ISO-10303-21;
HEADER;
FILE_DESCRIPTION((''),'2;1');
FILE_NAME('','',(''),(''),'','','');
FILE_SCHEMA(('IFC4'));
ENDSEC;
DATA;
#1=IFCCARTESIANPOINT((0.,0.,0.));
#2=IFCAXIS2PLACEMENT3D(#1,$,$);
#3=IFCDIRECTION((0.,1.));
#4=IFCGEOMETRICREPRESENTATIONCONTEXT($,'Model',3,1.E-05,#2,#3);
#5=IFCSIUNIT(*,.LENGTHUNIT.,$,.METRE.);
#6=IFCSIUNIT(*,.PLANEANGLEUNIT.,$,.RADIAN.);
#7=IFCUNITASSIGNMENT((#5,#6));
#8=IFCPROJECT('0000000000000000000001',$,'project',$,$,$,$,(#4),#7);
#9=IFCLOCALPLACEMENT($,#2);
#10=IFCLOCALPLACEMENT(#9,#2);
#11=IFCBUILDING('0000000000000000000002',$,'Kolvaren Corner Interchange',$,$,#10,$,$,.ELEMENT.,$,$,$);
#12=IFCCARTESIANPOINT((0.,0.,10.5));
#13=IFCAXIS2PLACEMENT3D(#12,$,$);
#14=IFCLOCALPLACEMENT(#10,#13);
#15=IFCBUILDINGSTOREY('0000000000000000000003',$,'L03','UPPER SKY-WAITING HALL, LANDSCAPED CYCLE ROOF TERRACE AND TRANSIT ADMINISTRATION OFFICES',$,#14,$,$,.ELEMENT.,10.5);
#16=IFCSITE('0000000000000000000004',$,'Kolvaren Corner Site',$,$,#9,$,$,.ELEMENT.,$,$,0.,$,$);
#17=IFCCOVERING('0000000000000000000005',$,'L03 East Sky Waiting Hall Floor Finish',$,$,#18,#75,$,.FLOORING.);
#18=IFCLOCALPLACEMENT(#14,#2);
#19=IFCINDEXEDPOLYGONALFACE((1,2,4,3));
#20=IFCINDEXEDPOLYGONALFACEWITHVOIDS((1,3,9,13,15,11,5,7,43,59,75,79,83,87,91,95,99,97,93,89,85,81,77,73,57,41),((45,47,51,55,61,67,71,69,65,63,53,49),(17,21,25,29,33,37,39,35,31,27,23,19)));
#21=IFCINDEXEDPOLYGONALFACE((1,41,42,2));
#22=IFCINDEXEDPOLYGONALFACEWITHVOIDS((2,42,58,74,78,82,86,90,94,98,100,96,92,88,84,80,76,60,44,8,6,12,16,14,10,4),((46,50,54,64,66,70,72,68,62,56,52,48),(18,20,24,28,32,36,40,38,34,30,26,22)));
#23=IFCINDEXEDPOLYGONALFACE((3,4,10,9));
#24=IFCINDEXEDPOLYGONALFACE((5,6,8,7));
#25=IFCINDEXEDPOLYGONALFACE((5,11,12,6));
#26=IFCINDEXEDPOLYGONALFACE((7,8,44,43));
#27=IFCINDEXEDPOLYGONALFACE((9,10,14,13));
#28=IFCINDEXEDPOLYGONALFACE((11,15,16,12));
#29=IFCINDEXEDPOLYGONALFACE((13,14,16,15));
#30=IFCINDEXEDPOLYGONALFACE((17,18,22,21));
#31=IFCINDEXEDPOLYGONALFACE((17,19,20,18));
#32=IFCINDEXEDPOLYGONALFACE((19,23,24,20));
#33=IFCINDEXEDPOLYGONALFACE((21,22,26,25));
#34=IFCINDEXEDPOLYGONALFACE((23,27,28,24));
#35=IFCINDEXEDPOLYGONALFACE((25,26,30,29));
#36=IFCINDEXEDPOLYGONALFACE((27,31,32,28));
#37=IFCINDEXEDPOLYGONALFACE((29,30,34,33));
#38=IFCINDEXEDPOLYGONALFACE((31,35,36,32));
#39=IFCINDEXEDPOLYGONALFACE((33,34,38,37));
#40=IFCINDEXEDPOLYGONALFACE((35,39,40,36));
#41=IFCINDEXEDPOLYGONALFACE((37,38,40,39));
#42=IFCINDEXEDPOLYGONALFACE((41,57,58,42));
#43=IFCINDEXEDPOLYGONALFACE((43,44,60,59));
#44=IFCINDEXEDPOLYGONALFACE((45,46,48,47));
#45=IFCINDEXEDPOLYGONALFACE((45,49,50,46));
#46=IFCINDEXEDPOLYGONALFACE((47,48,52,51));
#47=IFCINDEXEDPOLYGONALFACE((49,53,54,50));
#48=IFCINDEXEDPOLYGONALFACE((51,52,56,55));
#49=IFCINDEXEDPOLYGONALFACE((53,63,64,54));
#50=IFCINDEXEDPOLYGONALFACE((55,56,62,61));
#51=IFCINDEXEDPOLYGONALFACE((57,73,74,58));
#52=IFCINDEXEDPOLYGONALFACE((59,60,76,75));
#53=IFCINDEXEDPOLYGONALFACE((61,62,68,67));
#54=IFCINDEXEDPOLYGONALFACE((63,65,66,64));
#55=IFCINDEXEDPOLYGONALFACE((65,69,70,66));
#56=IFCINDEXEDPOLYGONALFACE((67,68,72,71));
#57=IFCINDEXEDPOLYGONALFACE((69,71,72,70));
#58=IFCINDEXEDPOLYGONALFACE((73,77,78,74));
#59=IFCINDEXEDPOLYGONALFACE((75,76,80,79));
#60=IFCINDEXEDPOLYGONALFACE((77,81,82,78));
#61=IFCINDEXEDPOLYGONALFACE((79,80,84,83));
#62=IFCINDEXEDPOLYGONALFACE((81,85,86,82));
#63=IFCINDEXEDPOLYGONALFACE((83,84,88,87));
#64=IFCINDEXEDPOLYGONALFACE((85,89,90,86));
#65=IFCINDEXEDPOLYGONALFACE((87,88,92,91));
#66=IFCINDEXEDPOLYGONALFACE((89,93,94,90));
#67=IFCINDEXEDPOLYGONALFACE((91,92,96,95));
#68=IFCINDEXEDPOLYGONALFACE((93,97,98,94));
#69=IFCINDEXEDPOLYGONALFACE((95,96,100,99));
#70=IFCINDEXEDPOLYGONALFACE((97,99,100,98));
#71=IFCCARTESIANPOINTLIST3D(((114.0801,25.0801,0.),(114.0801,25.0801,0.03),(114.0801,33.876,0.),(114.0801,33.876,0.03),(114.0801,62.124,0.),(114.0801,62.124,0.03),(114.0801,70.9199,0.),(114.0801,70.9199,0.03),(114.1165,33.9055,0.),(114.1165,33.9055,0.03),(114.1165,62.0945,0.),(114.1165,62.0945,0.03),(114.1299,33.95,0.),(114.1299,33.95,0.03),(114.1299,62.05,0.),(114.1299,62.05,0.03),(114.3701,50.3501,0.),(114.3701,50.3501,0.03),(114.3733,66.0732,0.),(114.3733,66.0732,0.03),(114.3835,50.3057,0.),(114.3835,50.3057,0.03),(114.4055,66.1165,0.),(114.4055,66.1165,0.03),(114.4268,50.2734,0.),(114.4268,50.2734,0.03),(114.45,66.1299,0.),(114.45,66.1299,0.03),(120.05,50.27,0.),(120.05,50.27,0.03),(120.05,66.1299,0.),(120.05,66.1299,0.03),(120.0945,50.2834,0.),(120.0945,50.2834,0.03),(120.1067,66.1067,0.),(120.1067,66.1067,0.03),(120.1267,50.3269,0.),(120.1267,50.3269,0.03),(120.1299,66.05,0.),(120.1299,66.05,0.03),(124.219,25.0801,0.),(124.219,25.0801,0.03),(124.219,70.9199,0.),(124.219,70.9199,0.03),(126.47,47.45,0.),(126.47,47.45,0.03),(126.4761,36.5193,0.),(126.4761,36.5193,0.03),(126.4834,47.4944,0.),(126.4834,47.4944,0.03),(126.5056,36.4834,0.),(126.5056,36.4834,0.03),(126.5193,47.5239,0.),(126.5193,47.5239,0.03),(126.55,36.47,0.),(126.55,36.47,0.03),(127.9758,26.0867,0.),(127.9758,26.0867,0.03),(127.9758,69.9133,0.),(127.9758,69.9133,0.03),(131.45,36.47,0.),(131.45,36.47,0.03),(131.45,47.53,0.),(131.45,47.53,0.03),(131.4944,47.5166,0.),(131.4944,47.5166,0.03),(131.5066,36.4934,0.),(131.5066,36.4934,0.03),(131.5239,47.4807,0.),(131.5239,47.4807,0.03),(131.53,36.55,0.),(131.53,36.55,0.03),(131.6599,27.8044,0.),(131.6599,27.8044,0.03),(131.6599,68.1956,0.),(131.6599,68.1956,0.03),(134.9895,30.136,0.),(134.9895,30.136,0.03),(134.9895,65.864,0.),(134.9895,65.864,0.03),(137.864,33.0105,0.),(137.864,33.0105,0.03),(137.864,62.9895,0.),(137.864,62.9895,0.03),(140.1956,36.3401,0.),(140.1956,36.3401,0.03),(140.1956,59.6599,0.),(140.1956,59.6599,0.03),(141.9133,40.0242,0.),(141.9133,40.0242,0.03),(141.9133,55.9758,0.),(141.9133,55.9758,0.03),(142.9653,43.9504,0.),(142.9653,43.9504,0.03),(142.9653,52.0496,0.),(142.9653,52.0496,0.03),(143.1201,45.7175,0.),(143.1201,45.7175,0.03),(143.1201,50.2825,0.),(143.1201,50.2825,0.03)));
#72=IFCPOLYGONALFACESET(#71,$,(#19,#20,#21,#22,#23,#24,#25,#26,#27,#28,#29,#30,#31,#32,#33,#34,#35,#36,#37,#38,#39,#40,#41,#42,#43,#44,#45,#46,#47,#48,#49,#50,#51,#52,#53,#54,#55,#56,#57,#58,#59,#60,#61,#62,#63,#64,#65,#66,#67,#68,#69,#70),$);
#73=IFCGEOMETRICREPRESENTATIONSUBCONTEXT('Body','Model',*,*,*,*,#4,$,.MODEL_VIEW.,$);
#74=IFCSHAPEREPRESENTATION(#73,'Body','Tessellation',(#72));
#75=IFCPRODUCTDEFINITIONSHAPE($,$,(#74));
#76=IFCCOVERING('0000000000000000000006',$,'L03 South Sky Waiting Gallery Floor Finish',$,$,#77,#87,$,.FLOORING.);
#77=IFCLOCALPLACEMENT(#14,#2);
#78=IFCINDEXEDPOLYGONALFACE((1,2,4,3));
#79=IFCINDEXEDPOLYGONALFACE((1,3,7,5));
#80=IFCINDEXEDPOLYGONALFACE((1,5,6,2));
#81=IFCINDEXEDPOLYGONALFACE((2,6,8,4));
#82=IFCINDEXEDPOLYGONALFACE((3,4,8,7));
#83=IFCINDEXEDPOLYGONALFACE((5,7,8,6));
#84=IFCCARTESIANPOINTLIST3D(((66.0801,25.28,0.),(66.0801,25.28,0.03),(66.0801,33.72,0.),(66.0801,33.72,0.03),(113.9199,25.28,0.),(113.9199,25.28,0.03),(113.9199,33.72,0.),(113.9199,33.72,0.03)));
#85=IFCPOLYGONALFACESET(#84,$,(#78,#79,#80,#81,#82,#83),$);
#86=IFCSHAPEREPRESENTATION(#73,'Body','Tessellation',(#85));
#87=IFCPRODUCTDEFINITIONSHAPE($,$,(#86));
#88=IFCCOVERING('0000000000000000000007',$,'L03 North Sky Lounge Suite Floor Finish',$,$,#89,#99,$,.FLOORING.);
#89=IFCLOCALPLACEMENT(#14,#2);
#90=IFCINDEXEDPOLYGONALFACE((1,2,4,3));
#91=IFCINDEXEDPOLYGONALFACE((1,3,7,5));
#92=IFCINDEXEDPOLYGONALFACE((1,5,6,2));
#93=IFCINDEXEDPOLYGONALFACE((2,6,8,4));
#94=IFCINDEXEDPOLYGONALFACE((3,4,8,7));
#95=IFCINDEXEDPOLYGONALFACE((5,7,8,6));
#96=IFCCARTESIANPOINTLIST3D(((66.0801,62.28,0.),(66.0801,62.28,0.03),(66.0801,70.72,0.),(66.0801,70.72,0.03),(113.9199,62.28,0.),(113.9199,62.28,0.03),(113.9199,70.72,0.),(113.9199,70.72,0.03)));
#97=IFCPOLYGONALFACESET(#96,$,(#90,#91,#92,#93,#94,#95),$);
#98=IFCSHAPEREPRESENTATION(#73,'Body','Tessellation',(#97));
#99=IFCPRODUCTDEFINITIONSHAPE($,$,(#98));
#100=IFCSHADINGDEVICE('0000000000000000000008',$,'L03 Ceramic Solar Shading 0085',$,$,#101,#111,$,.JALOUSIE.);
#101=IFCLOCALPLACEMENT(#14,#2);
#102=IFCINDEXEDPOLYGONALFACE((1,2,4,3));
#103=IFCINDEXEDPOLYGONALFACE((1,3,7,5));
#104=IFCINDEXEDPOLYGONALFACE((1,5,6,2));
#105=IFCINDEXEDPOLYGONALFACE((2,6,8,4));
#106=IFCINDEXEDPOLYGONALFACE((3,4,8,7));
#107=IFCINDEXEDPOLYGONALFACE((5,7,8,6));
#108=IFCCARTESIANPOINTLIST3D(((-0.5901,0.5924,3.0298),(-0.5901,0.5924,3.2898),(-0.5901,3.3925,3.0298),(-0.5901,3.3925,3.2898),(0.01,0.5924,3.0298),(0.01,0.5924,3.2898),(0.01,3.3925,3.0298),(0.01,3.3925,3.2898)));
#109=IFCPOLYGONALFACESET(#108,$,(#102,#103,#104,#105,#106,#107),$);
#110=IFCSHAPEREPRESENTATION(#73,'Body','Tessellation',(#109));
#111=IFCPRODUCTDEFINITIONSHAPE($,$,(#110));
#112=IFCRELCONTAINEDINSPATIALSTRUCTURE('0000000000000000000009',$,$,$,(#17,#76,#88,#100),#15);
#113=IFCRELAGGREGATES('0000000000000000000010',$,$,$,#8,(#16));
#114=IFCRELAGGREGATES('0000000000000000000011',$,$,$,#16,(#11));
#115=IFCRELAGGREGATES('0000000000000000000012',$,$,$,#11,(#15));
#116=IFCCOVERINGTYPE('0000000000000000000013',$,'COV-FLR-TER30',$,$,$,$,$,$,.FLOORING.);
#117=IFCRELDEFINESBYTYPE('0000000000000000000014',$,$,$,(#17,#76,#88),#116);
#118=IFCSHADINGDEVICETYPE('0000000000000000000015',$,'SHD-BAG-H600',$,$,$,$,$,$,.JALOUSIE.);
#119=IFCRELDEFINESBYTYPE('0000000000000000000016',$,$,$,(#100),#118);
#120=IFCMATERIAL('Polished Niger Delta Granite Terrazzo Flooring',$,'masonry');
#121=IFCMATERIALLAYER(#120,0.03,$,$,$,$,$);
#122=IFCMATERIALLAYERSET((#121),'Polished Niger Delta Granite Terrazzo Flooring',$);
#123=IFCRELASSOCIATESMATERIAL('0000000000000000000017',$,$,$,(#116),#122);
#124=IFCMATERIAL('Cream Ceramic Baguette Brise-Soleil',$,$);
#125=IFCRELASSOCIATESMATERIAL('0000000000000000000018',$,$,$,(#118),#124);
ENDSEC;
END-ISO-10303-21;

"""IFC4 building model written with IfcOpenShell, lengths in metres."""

from ifc_helpers import new_model, si_unit, direction, frame, origin, origin_2d, place, context, subcontext, project, spatial, polyline, rectangle, outline, extrude, material, layer, layer_set, type_object, element, save


model = new_model("IFC4")

# Units and contexts
model_context = context("Model", 3, precision=1e-05, world=origin(), true_north=direction((0.0, 1.0)))
body_context = subcontext(model_context, "Body", "Model", "MODEL_VIEW")
ifc_project = project(units=[si_unit("LENGTHUNIT", "METRE"), si_unit("PLANEANGLEUNIT", "RADIAN")], contexts=[model_context])

# Site, building, storey
site_placement = place(None, origin())
site = spatial("IfcSite", under=ifc_project, at=site_placement, Name="Kolvaren Corner Site", CompositionType="ELEMENT", RefElevation=0.0)
building_placement = place(site_placement, origin())
building = spatial("IfcBuilding", under=site, at=building_placement, Name="Kolvaren Corner Interchange", CompositionType="ELEMENT")
storey_placement = place(building_placement, frame((0.0, 0.0, 10.5)))
storey = spatial("IfcBuildingStorey", under=building, at=storey_placement, Name="L03", Description="UPPER SKY-WAITING HALL, LANDSCAPED CYCLE ROOF TERRACE AND TRANSIT ADMINISTRATION OFFICES", CompositionType="ELEMENT", Elevation=10.5)

# Coverings
ifc_material_1 = material(Name="Polished Niger Delta Granite Terrazzo Flooring", Category="masonry")
ifc_layer_1 = layer(ifc_material_1, 0.03)
ifc_layer_set_1 = layer_set([ifc_layer_1], Name="Polished Niger Delta Granite Terrazzo Flooring")
covering_type_1 = type_object("IfcCoveringType", Name="COV-FLR-TER30", PredefinedType="FLOORING", material=ifc_layer_set_1)
covering_1_placement = place(storey_placement, origin())
element("IfcCovering", 1, at=covering_1_placement, inside=storey, type_object=covering_type_1, Name="L03 East Sky Waiting Hall Floor Finish", PredefinedType="FLOORING", context=body_context, shape_type="SweptSolid", body=[
    extrude(outline(polyline([(114.0801, 33.876), (114.0801, 25.0801), (124.219, 25.0801), (127.9758, 26.0867), (131.6599, 27.8044), (134.9895, 30.136), (137.864, 33.0105), (140.1956, 36.3401), (141.9133, 40.0242), (142.9653, 43.9504), (143.1201, 45.7175), (143.1201, 50.2825), (142.9653, 52.0496), (141.9133, 55.9758), (140.1956, 59.6599), (137.864, 62.9895), (134.9895, 65.864), (131.6599, 68.1956), (127.9758, 69.9133), (124.219, 70.9199), (114.0801, 70.9199), (114.0801, 62.124), (114.1165, 62.0945), (114.1299, 62.05), (114.1299, 33.95), (114.1165, 33.9055), (114.0801, 33.876)]), holes=[polyline([(131.5066, 36.4934), (131.45, 36.47), (126.55, 36.47), (126.5056, 36.4834), (126.4761, 36.5193), (126.47, 47.45), (126.4834, 47.4944), (126.5193, 47.5239), (131.45, 47.53), (131.4944, 47.5166), (131.5239, 47.4807), (131.53, 36.55), (131.5066, 36.4934)]), polyline([(120.1067, 66.1067), (120.1299, 66.05), (120.1267, 50.3269), (120.0945, 50.2834), (120.05, 50.27), (114.4268, 50.2734), (114.3835, 50.3057), (114.3701, 50.3501), (114.3733, 66.0732), (114.4055, 66.1165), (114.45, 66.1299), (120.05, 66.1299), (120.1067, 66.1067)])]), origin(), (0.0, 0.0, 1.0), 0.03),
])
covering_2_placement = place(storey_placement, origin())
element("IfcCovering", 2, at=covering_2_placement, inside=storey, type_object=covering_type_1, Name="L03 South Sky Waiting Gallery Floor Finish", PredefinedType="FLOORING", context=body_context, shape_type="SweptSolid", body=[
    extrude(outline(polyline([(113.9199, 25.28), (113.9199, 33.72), (66.0801, 33.72), (66.0801, 25.28), (113.9199, 25.28)])), origin(), (0.0, 0.0, 1.0), 0.03),
])
covering_3_placement = place(storey_placement, origin())
element("IfcCovering", 3, at=covering_3_placement, inside=storey, type_object=covering_type_1, Name="L03 North Sky Lounge Suite Floor Finish", PredefinedType="FLOORING", context=body_context, shape_type="SweptSolid", body=[
    extrude(outline(polyline([(113.9199, 62.28), (113.9199, 70.72), (66.0801, 70.72), (66.0801, 62.28), (113.9199, 62.28)])), origin(), (0.0, 0.0, 1.0), 0.03),
])

# Shading device
ifc_material_2 = material(Name="Cream Ceramic Baguette Brise-Soleil")
shading_device_type = type_object("IfcShadingDeviceType", Name="SHD-BAG-H600", PredefinedType="JALOUSIE", material=ifc_material_2)
shading_device_placement = place(storey_placement, frame((-0.29, 1.9924, 3.0298), z_axis=(0.0, 0.0, 1.0), x_axis=(0.0, -1.0, 0.0)))
element("IfcShadingDevice", 4, at=shading_device_placement, inside=storey, type_object=shading_device_type, Name="L03 Ceramic Solar Shading 0085", PredefinedType="JALOUSIE", context=body_context, shape_type="SweptSolid", body=[
    extrude(rectangle(XDim=2.8, YDim=0.6001, at=origin_2d()), origin(), (0.0, 0.0, 1.0), 0.26),
])

save(model, "model.ifc")
